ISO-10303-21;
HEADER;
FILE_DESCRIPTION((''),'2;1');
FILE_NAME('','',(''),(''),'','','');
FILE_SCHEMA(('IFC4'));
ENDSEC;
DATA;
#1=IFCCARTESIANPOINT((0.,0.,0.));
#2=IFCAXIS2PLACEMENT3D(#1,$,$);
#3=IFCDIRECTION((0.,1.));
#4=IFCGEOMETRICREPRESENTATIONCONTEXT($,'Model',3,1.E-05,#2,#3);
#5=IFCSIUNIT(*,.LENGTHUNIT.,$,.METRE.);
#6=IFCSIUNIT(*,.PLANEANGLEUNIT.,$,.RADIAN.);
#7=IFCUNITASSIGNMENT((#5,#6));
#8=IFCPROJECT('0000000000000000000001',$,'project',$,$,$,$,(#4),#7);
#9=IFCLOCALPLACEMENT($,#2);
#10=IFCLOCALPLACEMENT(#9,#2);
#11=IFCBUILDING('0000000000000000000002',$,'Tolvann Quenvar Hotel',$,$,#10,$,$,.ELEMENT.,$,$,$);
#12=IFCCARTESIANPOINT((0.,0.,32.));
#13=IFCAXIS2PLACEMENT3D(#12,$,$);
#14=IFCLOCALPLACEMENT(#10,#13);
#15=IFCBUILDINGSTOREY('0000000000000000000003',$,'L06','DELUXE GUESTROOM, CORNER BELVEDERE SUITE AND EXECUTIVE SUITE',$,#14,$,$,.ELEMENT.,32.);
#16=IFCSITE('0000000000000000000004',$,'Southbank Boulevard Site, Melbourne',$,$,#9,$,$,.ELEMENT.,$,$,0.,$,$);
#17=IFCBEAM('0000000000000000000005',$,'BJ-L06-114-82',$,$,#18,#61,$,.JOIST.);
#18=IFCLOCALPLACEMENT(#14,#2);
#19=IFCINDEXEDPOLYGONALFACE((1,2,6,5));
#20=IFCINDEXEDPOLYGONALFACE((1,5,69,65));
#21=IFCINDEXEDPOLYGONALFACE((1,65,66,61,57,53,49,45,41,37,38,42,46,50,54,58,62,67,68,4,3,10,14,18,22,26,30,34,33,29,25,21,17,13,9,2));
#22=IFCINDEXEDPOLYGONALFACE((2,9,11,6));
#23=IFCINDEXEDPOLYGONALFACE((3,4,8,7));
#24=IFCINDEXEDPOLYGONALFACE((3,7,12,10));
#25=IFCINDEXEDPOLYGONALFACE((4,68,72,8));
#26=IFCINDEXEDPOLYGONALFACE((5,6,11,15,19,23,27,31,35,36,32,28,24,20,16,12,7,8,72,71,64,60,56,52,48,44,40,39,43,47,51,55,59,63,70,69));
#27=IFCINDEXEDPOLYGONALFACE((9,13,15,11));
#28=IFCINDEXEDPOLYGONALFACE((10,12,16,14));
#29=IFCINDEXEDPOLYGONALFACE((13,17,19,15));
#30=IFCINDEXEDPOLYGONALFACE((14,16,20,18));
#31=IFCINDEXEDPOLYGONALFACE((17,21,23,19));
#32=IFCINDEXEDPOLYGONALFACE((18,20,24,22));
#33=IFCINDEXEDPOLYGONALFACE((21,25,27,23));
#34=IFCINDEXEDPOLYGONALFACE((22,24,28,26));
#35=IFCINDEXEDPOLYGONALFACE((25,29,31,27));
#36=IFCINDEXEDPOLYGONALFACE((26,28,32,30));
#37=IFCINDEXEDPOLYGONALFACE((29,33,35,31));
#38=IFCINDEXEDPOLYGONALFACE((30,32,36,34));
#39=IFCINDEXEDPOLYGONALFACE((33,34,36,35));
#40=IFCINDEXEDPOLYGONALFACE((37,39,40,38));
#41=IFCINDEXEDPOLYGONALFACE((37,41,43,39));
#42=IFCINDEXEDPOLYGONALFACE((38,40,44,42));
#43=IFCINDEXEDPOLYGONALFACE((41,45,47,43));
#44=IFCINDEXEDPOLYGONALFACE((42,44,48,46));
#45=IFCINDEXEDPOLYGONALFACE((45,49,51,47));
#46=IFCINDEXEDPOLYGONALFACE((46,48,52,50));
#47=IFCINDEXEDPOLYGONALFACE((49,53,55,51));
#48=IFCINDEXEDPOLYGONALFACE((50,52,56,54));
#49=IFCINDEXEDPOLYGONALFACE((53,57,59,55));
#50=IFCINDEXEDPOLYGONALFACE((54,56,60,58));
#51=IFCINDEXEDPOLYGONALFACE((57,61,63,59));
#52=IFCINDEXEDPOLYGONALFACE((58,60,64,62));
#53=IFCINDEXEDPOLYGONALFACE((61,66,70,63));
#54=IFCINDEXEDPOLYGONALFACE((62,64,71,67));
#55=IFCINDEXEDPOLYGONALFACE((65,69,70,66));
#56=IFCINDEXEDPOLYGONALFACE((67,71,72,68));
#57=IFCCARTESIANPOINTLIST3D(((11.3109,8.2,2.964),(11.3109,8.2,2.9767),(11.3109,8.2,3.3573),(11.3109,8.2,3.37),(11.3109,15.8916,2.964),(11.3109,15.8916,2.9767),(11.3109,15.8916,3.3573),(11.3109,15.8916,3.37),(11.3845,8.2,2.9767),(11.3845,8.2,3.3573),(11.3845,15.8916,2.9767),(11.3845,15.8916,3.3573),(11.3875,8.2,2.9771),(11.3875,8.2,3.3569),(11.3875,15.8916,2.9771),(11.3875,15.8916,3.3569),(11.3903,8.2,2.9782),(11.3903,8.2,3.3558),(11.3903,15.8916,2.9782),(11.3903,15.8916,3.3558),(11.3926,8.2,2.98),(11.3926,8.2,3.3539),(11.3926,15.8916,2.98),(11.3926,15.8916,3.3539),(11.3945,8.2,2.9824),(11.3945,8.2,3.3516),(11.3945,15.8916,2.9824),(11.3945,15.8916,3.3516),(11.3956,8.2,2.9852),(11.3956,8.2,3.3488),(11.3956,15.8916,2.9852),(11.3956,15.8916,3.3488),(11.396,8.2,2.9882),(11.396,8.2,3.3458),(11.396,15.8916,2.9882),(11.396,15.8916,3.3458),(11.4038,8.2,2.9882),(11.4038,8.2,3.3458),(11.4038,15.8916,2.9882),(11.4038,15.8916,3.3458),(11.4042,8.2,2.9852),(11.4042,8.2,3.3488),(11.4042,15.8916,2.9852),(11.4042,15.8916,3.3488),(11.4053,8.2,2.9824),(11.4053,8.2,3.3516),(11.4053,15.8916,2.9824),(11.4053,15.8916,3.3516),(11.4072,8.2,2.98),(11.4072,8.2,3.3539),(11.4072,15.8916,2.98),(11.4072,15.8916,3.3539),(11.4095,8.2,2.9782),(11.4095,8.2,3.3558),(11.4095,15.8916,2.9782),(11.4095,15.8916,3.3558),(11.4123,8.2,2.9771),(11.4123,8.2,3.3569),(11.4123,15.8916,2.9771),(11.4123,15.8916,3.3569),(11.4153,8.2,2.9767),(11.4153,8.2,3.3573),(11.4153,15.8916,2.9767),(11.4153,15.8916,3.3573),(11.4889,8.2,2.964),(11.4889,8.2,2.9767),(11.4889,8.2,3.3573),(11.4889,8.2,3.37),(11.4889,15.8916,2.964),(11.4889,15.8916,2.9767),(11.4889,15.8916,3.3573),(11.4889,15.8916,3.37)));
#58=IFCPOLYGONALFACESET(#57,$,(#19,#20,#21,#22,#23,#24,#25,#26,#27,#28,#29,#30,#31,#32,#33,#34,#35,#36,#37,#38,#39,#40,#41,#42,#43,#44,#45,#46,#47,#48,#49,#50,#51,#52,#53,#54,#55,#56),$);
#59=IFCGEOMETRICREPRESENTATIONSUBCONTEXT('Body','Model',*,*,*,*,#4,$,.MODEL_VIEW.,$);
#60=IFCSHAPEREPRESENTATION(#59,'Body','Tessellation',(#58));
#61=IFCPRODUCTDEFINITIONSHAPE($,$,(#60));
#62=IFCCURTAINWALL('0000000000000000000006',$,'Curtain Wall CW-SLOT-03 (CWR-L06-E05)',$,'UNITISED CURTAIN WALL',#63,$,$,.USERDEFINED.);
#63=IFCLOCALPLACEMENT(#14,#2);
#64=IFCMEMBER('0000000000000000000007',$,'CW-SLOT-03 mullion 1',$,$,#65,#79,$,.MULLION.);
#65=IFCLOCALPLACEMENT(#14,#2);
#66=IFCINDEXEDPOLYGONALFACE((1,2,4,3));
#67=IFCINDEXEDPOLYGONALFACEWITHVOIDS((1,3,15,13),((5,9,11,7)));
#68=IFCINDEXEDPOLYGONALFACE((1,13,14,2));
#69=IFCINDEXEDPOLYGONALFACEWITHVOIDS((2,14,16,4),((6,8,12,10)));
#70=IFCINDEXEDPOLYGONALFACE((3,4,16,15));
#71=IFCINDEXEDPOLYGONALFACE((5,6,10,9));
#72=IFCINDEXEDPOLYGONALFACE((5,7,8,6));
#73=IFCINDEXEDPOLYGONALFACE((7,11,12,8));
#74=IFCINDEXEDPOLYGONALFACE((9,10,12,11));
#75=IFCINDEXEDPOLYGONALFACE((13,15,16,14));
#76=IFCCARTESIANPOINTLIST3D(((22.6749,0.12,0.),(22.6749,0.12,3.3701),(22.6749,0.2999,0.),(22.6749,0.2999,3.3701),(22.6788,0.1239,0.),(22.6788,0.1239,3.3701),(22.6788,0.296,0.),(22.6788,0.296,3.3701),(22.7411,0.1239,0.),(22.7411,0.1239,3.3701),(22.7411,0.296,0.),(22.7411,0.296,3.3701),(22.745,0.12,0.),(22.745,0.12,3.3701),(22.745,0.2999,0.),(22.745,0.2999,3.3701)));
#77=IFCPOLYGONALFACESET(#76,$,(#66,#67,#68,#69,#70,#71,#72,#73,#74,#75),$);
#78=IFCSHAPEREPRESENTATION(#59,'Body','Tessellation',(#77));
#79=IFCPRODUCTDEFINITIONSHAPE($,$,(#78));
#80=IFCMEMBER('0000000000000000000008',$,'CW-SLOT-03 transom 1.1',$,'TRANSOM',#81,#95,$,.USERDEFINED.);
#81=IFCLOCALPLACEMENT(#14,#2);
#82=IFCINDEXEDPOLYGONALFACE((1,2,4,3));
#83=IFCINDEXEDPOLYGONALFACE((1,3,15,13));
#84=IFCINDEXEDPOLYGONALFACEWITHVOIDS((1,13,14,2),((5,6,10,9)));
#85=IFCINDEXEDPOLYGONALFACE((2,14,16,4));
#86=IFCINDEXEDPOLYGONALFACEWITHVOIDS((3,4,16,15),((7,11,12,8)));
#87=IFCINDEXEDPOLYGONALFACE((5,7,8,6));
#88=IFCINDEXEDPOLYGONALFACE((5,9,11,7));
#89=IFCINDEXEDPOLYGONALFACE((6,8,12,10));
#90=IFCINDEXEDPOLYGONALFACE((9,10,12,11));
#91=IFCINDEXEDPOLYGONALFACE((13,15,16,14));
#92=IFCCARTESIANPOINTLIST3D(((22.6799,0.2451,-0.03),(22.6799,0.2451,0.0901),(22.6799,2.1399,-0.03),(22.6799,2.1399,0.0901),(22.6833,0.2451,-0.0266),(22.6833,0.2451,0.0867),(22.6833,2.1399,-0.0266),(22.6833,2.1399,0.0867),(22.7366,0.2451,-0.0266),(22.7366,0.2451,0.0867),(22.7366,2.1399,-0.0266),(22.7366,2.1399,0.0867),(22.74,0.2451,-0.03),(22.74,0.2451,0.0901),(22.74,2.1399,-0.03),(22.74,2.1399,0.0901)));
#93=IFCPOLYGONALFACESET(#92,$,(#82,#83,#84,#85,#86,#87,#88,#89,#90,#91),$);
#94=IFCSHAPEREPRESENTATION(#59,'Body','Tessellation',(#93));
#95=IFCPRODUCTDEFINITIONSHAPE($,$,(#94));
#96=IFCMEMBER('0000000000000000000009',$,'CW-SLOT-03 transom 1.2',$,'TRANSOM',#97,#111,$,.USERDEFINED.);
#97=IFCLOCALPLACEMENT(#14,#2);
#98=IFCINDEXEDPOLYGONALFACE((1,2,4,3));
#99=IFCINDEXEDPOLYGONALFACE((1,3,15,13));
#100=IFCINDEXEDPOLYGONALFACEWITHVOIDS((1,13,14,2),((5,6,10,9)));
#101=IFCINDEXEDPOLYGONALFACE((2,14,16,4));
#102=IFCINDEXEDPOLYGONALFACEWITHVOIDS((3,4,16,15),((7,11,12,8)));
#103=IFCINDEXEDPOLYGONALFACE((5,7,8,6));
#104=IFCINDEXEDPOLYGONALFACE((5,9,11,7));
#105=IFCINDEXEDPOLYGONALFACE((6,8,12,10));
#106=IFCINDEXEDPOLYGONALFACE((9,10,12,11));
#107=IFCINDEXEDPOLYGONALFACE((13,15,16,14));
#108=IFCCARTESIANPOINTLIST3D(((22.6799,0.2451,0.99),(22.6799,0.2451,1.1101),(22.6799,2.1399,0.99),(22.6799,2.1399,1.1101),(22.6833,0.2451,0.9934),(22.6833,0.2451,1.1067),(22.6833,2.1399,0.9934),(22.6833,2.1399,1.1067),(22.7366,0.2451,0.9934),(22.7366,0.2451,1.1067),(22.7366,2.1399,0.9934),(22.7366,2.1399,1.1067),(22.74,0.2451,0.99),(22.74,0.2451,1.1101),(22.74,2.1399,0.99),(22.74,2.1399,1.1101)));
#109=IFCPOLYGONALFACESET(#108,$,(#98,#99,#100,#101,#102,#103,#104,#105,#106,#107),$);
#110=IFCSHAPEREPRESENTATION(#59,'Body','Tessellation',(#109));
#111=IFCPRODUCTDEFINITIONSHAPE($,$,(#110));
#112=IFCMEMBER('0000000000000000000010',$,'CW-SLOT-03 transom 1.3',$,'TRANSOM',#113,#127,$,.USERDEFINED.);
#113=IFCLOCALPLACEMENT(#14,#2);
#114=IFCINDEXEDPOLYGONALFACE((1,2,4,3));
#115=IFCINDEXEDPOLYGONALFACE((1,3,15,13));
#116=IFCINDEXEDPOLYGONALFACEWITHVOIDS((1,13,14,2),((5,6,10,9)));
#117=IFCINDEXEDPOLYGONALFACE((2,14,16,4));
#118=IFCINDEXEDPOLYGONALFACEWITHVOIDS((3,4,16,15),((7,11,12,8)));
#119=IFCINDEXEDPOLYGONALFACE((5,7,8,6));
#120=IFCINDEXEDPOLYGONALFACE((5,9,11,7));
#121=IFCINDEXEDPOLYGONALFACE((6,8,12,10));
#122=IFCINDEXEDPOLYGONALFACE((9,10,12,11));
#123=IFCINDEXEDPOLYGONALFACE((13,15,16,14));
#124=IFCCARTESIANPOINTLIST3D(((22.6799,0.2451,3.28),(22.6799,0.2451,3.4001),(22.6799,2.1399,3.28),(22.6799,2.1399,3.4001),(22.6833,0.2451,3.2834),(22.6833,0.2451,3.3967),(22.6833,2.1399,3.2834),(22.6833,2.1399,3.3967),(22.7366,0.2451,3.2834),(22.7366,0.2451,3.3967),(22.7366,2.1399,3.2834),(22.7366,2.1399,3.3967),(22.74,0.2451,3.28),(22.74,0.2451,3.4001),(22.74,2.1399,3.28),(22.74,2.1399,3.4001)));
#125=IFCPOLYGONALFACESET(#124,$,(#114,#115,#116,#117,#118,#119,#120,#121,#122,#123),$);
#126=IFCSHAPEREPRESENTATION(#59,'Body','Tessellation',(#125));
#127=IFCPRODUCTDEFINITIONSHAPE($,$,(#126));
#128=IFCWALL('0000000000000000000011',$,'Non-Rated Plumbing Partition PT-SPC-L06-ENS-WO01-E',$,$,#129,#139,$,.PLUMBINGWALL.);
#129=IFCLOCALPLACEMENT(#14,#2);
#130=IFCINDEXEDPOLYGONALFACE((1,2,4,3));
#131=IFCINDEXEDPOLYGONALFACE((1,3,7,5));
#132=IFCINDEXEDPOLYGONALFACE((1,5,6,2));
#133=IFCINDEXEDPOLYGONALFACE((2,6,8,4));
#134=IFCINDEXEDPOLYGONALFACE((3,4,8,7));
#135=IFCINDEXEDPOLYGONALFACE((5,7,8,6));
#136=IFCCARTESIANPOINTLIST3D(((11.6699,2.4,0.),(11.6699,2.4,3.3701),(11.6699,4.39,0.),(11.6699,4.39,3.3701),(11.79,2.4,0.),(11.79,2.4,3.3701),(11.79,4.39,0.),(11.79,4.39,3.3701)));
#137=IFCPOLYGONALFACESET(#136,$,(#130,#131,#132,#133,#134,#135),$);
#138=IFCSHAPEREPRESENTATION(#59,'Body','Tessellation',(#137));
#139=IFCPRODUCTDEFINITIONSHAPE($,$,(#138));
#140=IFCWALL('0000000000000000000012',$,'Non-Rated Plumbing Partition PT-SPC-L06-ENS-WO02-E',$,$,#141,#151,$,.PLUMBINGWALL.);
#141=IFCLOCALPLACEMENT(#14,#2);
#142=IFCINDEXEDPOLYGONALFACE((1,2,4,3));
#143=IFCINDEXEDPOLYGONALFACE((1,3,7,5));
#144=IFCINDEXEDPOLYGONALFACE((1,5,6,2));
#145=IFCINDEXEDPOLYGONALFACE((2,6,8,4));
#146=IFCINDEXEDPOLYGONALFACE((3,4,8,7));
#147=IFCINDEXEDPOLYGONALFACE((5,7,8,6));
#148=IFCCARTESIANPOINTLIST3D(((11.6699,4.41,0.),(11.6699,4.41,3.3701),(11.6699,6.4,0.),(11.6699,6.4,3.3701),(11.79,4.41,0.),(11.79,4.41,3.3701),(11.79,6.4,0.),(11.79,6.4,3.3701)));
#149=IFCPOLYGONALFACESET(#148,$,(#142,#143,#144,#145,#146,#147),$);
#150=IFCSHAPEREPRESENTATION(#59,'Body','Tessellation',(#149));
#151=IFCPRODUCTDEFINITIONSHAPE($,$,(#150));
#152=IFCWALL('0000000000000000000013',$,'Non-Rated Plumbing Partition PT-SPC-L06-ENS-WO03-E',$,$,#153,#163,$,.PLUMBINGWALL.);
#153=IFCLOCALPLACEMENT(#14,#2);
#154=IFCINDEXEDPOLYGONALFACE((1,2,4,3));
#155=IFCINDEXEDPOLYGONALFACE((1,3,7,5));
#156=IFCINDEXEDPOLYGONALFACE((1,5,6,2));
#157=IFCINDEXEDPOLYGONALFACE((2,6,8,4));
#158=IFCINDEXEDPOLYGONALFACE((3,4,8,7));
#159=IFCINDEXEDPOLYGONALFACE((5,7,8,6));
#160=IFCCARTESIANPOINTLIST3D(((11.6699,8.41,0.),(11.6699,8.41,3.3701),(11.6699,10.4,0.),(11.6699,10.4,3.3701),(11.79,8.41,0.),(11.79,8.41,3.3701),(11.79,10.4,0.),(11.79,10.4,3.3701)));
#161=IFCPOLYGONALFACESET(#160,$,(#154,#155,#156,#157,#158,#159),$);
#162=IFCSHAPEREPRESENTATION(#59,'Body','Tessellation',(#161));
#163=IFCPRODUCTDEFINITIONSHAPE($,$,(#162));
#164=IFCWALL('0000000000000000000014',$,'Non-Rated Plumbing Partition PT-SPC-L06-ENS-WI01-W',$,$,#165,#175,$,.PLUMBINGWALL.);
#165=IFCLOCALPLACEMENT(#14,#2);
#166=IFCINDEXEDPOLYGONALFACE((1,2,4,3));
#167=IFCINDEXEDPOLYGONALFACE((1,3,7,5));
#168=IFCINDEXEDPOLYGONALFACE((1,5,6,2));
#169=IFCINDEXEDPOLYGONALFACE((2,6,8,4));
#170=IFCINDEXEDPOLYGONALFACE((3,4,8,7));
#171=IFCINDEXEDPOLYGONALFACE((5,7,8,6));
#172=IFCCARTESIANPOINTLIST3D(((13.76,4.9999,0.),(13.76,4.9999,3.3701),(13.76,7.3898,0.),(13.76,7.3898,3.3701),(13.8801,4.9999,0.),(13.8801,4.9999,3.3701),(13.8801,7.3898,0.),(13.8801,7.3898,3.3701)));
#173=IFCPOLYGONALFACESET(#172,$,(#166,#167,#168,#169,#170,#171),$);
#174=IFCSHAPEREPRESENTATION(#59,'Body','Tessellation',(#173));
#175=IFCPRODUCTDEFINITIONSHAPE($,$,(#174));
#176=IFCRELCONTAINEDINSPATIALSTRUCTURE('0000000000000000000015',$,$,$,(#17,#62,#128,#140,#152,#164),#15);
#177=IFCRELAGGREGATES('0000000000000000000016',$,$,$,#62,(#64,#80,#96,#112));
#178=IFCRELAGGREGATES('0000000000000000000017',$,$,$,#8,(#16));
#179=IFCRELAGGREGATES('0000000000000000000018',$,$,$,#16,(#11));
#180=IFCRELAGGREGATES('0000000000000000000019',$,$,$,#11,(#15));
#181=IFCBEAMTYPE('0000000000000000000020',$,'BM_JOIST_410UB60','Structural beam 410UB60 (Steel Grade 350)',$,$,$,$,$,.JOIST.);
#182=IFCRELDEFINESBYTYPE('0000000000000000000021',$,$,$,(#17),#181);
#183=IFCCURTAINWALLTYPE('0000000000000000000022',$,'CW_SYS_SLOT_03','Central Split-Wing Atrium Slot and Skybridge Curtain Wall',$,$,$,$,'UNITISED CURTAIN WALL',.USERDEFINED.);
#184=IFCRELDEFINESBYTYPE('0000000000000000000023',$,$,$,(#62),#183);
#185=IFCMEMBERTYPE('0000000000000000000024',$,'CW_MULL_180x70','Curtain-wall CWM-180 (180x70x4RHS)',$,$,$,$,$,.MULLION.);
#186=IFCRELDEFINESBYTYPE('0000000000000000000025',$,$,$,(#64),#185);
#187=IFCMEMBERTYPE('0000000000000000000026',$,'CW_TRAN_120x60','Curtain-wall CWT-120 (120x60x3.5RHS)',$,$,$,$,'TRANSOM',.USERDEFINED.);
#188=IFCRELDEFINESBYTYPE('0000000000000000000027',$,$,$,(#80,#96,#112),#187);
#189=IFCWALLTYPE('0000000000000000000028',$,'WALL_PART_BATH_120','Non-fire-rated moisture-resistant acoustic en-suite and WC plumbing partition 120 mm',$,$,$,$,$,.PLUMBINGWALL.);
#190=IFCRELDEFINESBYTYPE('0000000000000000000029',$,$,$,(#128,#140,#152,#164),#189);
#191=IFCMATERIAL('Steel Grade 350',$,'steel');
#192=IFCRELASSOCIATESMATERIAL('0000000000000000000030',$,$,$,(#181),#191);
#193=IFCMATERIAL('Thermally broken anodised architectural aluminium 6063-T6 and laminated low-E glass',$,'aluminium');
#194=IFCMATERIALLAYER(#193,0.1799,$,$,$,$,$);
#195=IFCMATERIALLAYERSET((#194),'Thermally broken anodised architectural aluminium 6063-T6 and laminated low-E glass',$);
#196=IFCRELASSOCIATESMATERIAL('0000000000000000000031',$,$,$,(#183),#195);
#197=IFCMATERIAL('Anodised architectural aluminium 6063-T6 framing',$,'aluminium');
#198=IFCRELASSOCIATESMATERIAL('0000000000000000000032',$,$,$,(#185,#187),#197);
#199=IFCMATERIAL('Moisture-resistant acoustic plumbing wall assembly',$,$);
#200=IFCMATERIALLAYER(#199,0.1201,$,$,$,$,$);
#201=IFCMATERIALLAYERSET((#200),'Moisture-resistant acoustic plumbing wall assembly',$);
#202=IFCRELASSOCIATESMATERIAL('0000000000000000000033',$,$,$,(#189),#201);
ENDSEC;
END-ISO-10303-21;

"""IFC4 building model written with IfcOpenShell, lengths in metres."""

from ifc_helpers import new_model, si_unit, direction, frame, frame_2d, origin, origin_2d, place, context, subcontext, project, spatial, rectangle, hollow_rectangle, i_section, extrude, source, transform, mapped, material, layer, layer_set, material_profile, profile_set, type_object, type_shapes, element, aggregate, save


model = new_model("IFC4")

# Units and contexts
model_context = context("Model", 3, precision=1e-05, world=origin(), true_north=direction((0.0, 1.0)))
body_context = subcontext(model_context, "Body", "Model", "MODEL_VIEW")
ifc_project = project(units=[si_unit("LENGTHUNIT", "METRE"), si_unit("PLANEANGLEUNIT", "RADIAN")], contexts=[model_context])

# Site, building, storey
site_placement = place(None, origin())
site = spatial("IfcSite", under=ifc_project, at=site_placement, Name="Southbank Boulevard Site, Melbourne", CompositionType="ELEMENT", RefElevation=0.0)
building_placement = place(site_placement, origin())
building = spatial("IfcBuilding", under=site, at=building_placement, Name="Tolvann Quenvar Hotel", CompositionType="ELEMENT")
storey_placement = place(building_placement, frame((0.0, 0.0, 32.0)))
storey = spatial("IfcBuildingStorey", under=building, at=storey_placement, Name="L06", Description="DELUXE GUESTROOM, CORNER BELVEDERE SUITE AND EXECUTIVE SUITE", CompositionType="ELEMENT", Elevation=32.0)

# Shared definitions
ifc_material_1 = material(Name="Steel Grade 350", Category="steel")

# Beam
ifc_material_profile_1 = material_profile(ifc_material_1, i_section(OverallWidth=0.178, OverallDepth=0.406, WebThickness=0.0078, FlangeThickness=0.0127, FilletRadius=0.0115, at=origin_2d()), Name="410UB60")
ifc_profile_set_1 = profile_set([ifc_material_profile_1], Name="Steel Grade 350")
beam_type_1 = type_object("IfcBeamType", Name="BM_JOIST_410UB60", Description="Structural beam 410UB60 (Steel Grade 350)", PredefinedType="JOIST", material=ifc_profile_set_1)
shared_shape_1 = source(origin(), body_context, "Body", "SweptSolid", [
    extrude(i_section(OverallWidth=0.178, OverallDepth=0.406, WebThickness=0.0078, FlangeThickness=0.0127, FilletRadius=0.0115, at=origin_2d()), origin(), (0.0, 0.0, 1.0), 7.6917),
])
type_shapes(beam_type_1, [shared_shape_1])
beam_1_placement = place(storey_placement, frame((11.3999, 8.2, 3.167), z_axis=(0.0, 1.0, 0.0), x_axis=(-1.0, 0.0, 0.0)))
element("IfcBeam", 1, at=beam_1_placement, inside=storey, type_object=beam_type_1, Name="BJ-L06-114-82", PredefinedType="JOIST", context=body_context, shape_type="MappedRepresentation", body=[
    mapped(shared_shape_1, transform((0.0, 0.0, 0.0), x_axis=(1.0, 0.0, 0.0), y_axis=(0.0, 1.0, 0.0), z_axis=(0.0, 0.0, 1.0), scale=1.0)),
])

# Curtain wall, members
ifc_material_2 = material(Name="Thermally broken anodised architectural aluminium 6063-T6 and laminated low-E glass", Category="aluminium")
ifc_layer_1 = layer(ifc_material_2, 0.1799)
ifc_layer_set_1 = layer_set([ifc_layer_1], Name="Thermally broken anodised architectural aluminium 6063-T6 and laminated low-E glass")
curtain_wall_type = type_object("IfcCurtainWallType", Name="CW_SYS_SLOT_03", Description="Central Split-Wing Atrium Slot and Skybridge Curtain Wall", ElementType="UNITISED CURTAIN WALL", PredefinedType="USERDEFINED", material=ifc_layer_set_1)
curtain_wall_placement = place(storey_placement, origin())
curtain_wall = element("IfcCurtainWall", 2, at=curtain_wall_placement, inside=storey, type_object=curtain_wall_type, Name="Curtain Wall CW-SLOT-03 (CWR-L06-E05)", ObjectType="UNITISED CURTAIN WALL", PredefinedType="USERDEFINED")
ifc_material_3 = material(Name="Anodised architectural aluminium 6063-T6 framing", Category="aluminium")
ifc_material_profile_2 = material_profile(ifc_material_3, hollow_rectangle(XDim=0.0701, YDim=0.1799, WallThickness=0.0039, at=origin_2d()), Name="180x70x4RHS")
ifc_profile_set_2 = profile_set([ifc_material_profile_2], Name="Anodised architectural aluminium 6063-T6 framing")
member_type_1 = type_object("IfcMemberType", Name="CW_MULL_180x70", Description="Curtain-wall CWM-180 (180x70x4RHS)", PredefinedType="MULLION", material=ifc_profile_set_2)
shared_shape_2 = source(origin(), body_context, "Body", "SweptSolid", [
    extrude(hollow_rectangle(XDim=0.0701, YDim=0.1799, WallThickness=0.0039, at=origin_2d()), origin(), (0.0, 0.0, 1.0), 3.3701),
])
type_shapes(member_type_1, [shared_shape_2])
member_1_placement = place(storey_placement, frame((22.71, 0.21, 0.0), z_axis=(0.0, 0.0, 1.0), x_axis=(-1.0, 0.0, 0.0)))
member_1 = element("IfcMember", 3, at=member_1_placement, type_object=member_type_1, Name="CW-SLOT-03 mullion 1", PredefinedType="MULLION", context=body_context, shape_type="MappedRepresentation", body=[
    mapped(shared_shape_2, transform((0.0, 0.0, 0.0), x_axis=(1.0, 0.0, 0.0), y_axis=(0.0, 1.0, 0.0), z_axis=(0.0, 0.0, 1.0), scale=1.0)),
])
ifc_material_profile_3 = material_profile(ifc_material_3, hollow_rectangle(XDim=0.0601, YDim=0.1201, WallThickness=0.0034, at=origin_2d()), Name="120x60x3.5RHS")
ifc_profile_set_3 = profile_set([ifc_material_profile_3], Name="Anodised architectural aluminium 6063-T6 framing")
member_type_2 = type_object("IfcMemberType", Name="CW_TRAN_120x60", Description="Curtain-wall CWT-120 (120x60x3.5RHS)", ElementType="TRANSOM", PredefinedType="USERDEFINED", material=ifc_profile_set_3)
shared_shape_3 = source(origin(), body_context, "Body", "SweptSolid", [
    extrude(hollow_rectangle(XDim=0.0601, YDim=0.1201, WallThickness=0.0034, at=origin_2d()), origin(), (0.0, 0.0, 1.0), 1.8948),
])
type_shapes(member_type_2, [shared_shape_3])
member_2_placement = place(storey_placement, frame((22.71, 0.2451, 0.03), z_axis=(0.0, 1.0, 0.0), x_axis=(-1.0, 0.0, 0.0)))
member_2 = element("IfcMember", 4, at=member_2_placement, type_object=member_type_2, Name="CW-SLOT-03 transom 1.1", ObjectType="TRANSOM", PredefinedType="USERDEFINED", context=body_context, shape_type="MappedRepresentation", body=[
    mapped(shared_shape_3, transform((0.0, 0.0, 0.0), x_axis=(1.0, 0.0, 0.0), y_axis=(0.0, 1.0, 0.0), z_axis=(0.0, 0.0, 1.0), scale=1.0)),
])
member_3_placement = place(storey_placement, frame((22.71, 0.2451, 1.05), z_axis=(0.0, 1.0, 0.0), x_axis=(-1.0, 0.0, 0.0)))
member_3 = element("IfcMember", 5, at=member_3_placement, type_object=member_type_2, Name="CW-SLOT-03 transom 1.2", ObjectType="TRANSOM", PredefinedType="USERDEFINED", context=body_context, shape_type="MappedRepresentation", body=[
    mapped(shared_shape_3, transform((0.0, 0.0, 0.0), x_axis=(1.0, 0.0, 0.0), y_axis=(0.0, 1.0, 0.0), z_axis=(0.0, 0.0, 1.0), scale=1.0)),
])
member_4_placement = place(storey_placement, frame((22.71, 0.2451, 3.3401), z_axis=(0.0, 1.0, 0.0), x_axis=(-1.0, 0.0, 0.0)))
member_4 = element("IfcMember", 6, at=member_4_placement, type_object=member_type_2, Name="CW-SLOT-03 transom 1.3", ObjectType="TRANSOM", PredefinedType="USERDEFINED", context=body_context, shape_type="MappedRepresentation", body=[
    mapped(shared_shape_3, transform((0.0, 0.0, 0.0), x_axis=(1.0, 0.0, 0.0), y_axis=(0.0, 1.0, 0.0), z_axis=(0.0, 0.0, 1.0), scale=1.0)),
])
aggregate(curtain_wall, [member_1, member_2, member_3, member_4])

# Walls
ifc_material_4 = material(Name="Moisture-resistant acoustic plumbing wall assembly")
ifc_layer_2 = layer(ifc_material_4, 0.1201)
ifc_layer_set_2 = layer_set([ifc_layer_2], Name="Moisture-resistant acoustic plumbing wall assembly")
wall_type_1 = type_object("IfcWallType", Name="WALL_PART_BATH_120", Description="Non-fire-rated moisture-resistant acoustic en-suite and WC plumbing partition 120 mm", PredefinedType="PLUMBINGWALL", material=ifc_layer_set_2)
for number, where, z_axis, x_axis, name in (
    (7, (11.73, 2.3999, 0.0), (0.0, 0.0, 1.0), (0.0, 1.0, 0.0), "Non-Rated Plumbing Partition PT-SPC-L06-ENS-WO01-E"),
    (8, (11.73, 4.4099, 0.0), (0.0, 0.0, 1.0), (0.0, 1.0, 0.0), "Non-Rated Plumbing Partition PT-SPC-L06-ENS-WO02-E"),
    (9, (11.73, 8.4099, 0.0), (0.0, 0.0, 1.0), (0.0, 1.0, 0.0), "Non-Rated Plumbing Partition PT-SPC-L06-ENS-WO03-E"),
):
    element("IfcWall", number, at=place(storey_placement, frame(where, z_axis=z_axis, x_axis=x_axis)), inside=storey, type_object=wall_type_1, Name=name, PredefinedType="PLUMBINGWALL", context=body_context, shape_type="SweptSolid", body=[
        extrude(rectangle(XDim=1.99, YDim=0.1201, at=frame_2d((0.9951, 0.0))), origin(), (0.0, 0.0, 1.0), 3.3701),
    ])
wall_1_placement = place(storey_placement, frame((13.8201, 5.0, 0.0), z_axis=(0.0, 0.0, 1.0), x_axis=(0.0, 1.0, 0.0)))
element("IfcWall", 10, at=wall_1_placement, inside=storey, type_object=wall_type_1, Name="Non-Rated Plumbing Partition PT-SPC-L06-ENS-WI01-W", PredefinedType="PLUMBINGWALL", context=body_context, shape_type="SweptSolid", body=[
    extrude(rectangle(XDim=2.3899, YDim=0.1201, at=frame_2d((1.1948, 0.0))), origin(), (0.0, 0.0, 1.0), 3.3701),
])

save(model, "model.ifc")
